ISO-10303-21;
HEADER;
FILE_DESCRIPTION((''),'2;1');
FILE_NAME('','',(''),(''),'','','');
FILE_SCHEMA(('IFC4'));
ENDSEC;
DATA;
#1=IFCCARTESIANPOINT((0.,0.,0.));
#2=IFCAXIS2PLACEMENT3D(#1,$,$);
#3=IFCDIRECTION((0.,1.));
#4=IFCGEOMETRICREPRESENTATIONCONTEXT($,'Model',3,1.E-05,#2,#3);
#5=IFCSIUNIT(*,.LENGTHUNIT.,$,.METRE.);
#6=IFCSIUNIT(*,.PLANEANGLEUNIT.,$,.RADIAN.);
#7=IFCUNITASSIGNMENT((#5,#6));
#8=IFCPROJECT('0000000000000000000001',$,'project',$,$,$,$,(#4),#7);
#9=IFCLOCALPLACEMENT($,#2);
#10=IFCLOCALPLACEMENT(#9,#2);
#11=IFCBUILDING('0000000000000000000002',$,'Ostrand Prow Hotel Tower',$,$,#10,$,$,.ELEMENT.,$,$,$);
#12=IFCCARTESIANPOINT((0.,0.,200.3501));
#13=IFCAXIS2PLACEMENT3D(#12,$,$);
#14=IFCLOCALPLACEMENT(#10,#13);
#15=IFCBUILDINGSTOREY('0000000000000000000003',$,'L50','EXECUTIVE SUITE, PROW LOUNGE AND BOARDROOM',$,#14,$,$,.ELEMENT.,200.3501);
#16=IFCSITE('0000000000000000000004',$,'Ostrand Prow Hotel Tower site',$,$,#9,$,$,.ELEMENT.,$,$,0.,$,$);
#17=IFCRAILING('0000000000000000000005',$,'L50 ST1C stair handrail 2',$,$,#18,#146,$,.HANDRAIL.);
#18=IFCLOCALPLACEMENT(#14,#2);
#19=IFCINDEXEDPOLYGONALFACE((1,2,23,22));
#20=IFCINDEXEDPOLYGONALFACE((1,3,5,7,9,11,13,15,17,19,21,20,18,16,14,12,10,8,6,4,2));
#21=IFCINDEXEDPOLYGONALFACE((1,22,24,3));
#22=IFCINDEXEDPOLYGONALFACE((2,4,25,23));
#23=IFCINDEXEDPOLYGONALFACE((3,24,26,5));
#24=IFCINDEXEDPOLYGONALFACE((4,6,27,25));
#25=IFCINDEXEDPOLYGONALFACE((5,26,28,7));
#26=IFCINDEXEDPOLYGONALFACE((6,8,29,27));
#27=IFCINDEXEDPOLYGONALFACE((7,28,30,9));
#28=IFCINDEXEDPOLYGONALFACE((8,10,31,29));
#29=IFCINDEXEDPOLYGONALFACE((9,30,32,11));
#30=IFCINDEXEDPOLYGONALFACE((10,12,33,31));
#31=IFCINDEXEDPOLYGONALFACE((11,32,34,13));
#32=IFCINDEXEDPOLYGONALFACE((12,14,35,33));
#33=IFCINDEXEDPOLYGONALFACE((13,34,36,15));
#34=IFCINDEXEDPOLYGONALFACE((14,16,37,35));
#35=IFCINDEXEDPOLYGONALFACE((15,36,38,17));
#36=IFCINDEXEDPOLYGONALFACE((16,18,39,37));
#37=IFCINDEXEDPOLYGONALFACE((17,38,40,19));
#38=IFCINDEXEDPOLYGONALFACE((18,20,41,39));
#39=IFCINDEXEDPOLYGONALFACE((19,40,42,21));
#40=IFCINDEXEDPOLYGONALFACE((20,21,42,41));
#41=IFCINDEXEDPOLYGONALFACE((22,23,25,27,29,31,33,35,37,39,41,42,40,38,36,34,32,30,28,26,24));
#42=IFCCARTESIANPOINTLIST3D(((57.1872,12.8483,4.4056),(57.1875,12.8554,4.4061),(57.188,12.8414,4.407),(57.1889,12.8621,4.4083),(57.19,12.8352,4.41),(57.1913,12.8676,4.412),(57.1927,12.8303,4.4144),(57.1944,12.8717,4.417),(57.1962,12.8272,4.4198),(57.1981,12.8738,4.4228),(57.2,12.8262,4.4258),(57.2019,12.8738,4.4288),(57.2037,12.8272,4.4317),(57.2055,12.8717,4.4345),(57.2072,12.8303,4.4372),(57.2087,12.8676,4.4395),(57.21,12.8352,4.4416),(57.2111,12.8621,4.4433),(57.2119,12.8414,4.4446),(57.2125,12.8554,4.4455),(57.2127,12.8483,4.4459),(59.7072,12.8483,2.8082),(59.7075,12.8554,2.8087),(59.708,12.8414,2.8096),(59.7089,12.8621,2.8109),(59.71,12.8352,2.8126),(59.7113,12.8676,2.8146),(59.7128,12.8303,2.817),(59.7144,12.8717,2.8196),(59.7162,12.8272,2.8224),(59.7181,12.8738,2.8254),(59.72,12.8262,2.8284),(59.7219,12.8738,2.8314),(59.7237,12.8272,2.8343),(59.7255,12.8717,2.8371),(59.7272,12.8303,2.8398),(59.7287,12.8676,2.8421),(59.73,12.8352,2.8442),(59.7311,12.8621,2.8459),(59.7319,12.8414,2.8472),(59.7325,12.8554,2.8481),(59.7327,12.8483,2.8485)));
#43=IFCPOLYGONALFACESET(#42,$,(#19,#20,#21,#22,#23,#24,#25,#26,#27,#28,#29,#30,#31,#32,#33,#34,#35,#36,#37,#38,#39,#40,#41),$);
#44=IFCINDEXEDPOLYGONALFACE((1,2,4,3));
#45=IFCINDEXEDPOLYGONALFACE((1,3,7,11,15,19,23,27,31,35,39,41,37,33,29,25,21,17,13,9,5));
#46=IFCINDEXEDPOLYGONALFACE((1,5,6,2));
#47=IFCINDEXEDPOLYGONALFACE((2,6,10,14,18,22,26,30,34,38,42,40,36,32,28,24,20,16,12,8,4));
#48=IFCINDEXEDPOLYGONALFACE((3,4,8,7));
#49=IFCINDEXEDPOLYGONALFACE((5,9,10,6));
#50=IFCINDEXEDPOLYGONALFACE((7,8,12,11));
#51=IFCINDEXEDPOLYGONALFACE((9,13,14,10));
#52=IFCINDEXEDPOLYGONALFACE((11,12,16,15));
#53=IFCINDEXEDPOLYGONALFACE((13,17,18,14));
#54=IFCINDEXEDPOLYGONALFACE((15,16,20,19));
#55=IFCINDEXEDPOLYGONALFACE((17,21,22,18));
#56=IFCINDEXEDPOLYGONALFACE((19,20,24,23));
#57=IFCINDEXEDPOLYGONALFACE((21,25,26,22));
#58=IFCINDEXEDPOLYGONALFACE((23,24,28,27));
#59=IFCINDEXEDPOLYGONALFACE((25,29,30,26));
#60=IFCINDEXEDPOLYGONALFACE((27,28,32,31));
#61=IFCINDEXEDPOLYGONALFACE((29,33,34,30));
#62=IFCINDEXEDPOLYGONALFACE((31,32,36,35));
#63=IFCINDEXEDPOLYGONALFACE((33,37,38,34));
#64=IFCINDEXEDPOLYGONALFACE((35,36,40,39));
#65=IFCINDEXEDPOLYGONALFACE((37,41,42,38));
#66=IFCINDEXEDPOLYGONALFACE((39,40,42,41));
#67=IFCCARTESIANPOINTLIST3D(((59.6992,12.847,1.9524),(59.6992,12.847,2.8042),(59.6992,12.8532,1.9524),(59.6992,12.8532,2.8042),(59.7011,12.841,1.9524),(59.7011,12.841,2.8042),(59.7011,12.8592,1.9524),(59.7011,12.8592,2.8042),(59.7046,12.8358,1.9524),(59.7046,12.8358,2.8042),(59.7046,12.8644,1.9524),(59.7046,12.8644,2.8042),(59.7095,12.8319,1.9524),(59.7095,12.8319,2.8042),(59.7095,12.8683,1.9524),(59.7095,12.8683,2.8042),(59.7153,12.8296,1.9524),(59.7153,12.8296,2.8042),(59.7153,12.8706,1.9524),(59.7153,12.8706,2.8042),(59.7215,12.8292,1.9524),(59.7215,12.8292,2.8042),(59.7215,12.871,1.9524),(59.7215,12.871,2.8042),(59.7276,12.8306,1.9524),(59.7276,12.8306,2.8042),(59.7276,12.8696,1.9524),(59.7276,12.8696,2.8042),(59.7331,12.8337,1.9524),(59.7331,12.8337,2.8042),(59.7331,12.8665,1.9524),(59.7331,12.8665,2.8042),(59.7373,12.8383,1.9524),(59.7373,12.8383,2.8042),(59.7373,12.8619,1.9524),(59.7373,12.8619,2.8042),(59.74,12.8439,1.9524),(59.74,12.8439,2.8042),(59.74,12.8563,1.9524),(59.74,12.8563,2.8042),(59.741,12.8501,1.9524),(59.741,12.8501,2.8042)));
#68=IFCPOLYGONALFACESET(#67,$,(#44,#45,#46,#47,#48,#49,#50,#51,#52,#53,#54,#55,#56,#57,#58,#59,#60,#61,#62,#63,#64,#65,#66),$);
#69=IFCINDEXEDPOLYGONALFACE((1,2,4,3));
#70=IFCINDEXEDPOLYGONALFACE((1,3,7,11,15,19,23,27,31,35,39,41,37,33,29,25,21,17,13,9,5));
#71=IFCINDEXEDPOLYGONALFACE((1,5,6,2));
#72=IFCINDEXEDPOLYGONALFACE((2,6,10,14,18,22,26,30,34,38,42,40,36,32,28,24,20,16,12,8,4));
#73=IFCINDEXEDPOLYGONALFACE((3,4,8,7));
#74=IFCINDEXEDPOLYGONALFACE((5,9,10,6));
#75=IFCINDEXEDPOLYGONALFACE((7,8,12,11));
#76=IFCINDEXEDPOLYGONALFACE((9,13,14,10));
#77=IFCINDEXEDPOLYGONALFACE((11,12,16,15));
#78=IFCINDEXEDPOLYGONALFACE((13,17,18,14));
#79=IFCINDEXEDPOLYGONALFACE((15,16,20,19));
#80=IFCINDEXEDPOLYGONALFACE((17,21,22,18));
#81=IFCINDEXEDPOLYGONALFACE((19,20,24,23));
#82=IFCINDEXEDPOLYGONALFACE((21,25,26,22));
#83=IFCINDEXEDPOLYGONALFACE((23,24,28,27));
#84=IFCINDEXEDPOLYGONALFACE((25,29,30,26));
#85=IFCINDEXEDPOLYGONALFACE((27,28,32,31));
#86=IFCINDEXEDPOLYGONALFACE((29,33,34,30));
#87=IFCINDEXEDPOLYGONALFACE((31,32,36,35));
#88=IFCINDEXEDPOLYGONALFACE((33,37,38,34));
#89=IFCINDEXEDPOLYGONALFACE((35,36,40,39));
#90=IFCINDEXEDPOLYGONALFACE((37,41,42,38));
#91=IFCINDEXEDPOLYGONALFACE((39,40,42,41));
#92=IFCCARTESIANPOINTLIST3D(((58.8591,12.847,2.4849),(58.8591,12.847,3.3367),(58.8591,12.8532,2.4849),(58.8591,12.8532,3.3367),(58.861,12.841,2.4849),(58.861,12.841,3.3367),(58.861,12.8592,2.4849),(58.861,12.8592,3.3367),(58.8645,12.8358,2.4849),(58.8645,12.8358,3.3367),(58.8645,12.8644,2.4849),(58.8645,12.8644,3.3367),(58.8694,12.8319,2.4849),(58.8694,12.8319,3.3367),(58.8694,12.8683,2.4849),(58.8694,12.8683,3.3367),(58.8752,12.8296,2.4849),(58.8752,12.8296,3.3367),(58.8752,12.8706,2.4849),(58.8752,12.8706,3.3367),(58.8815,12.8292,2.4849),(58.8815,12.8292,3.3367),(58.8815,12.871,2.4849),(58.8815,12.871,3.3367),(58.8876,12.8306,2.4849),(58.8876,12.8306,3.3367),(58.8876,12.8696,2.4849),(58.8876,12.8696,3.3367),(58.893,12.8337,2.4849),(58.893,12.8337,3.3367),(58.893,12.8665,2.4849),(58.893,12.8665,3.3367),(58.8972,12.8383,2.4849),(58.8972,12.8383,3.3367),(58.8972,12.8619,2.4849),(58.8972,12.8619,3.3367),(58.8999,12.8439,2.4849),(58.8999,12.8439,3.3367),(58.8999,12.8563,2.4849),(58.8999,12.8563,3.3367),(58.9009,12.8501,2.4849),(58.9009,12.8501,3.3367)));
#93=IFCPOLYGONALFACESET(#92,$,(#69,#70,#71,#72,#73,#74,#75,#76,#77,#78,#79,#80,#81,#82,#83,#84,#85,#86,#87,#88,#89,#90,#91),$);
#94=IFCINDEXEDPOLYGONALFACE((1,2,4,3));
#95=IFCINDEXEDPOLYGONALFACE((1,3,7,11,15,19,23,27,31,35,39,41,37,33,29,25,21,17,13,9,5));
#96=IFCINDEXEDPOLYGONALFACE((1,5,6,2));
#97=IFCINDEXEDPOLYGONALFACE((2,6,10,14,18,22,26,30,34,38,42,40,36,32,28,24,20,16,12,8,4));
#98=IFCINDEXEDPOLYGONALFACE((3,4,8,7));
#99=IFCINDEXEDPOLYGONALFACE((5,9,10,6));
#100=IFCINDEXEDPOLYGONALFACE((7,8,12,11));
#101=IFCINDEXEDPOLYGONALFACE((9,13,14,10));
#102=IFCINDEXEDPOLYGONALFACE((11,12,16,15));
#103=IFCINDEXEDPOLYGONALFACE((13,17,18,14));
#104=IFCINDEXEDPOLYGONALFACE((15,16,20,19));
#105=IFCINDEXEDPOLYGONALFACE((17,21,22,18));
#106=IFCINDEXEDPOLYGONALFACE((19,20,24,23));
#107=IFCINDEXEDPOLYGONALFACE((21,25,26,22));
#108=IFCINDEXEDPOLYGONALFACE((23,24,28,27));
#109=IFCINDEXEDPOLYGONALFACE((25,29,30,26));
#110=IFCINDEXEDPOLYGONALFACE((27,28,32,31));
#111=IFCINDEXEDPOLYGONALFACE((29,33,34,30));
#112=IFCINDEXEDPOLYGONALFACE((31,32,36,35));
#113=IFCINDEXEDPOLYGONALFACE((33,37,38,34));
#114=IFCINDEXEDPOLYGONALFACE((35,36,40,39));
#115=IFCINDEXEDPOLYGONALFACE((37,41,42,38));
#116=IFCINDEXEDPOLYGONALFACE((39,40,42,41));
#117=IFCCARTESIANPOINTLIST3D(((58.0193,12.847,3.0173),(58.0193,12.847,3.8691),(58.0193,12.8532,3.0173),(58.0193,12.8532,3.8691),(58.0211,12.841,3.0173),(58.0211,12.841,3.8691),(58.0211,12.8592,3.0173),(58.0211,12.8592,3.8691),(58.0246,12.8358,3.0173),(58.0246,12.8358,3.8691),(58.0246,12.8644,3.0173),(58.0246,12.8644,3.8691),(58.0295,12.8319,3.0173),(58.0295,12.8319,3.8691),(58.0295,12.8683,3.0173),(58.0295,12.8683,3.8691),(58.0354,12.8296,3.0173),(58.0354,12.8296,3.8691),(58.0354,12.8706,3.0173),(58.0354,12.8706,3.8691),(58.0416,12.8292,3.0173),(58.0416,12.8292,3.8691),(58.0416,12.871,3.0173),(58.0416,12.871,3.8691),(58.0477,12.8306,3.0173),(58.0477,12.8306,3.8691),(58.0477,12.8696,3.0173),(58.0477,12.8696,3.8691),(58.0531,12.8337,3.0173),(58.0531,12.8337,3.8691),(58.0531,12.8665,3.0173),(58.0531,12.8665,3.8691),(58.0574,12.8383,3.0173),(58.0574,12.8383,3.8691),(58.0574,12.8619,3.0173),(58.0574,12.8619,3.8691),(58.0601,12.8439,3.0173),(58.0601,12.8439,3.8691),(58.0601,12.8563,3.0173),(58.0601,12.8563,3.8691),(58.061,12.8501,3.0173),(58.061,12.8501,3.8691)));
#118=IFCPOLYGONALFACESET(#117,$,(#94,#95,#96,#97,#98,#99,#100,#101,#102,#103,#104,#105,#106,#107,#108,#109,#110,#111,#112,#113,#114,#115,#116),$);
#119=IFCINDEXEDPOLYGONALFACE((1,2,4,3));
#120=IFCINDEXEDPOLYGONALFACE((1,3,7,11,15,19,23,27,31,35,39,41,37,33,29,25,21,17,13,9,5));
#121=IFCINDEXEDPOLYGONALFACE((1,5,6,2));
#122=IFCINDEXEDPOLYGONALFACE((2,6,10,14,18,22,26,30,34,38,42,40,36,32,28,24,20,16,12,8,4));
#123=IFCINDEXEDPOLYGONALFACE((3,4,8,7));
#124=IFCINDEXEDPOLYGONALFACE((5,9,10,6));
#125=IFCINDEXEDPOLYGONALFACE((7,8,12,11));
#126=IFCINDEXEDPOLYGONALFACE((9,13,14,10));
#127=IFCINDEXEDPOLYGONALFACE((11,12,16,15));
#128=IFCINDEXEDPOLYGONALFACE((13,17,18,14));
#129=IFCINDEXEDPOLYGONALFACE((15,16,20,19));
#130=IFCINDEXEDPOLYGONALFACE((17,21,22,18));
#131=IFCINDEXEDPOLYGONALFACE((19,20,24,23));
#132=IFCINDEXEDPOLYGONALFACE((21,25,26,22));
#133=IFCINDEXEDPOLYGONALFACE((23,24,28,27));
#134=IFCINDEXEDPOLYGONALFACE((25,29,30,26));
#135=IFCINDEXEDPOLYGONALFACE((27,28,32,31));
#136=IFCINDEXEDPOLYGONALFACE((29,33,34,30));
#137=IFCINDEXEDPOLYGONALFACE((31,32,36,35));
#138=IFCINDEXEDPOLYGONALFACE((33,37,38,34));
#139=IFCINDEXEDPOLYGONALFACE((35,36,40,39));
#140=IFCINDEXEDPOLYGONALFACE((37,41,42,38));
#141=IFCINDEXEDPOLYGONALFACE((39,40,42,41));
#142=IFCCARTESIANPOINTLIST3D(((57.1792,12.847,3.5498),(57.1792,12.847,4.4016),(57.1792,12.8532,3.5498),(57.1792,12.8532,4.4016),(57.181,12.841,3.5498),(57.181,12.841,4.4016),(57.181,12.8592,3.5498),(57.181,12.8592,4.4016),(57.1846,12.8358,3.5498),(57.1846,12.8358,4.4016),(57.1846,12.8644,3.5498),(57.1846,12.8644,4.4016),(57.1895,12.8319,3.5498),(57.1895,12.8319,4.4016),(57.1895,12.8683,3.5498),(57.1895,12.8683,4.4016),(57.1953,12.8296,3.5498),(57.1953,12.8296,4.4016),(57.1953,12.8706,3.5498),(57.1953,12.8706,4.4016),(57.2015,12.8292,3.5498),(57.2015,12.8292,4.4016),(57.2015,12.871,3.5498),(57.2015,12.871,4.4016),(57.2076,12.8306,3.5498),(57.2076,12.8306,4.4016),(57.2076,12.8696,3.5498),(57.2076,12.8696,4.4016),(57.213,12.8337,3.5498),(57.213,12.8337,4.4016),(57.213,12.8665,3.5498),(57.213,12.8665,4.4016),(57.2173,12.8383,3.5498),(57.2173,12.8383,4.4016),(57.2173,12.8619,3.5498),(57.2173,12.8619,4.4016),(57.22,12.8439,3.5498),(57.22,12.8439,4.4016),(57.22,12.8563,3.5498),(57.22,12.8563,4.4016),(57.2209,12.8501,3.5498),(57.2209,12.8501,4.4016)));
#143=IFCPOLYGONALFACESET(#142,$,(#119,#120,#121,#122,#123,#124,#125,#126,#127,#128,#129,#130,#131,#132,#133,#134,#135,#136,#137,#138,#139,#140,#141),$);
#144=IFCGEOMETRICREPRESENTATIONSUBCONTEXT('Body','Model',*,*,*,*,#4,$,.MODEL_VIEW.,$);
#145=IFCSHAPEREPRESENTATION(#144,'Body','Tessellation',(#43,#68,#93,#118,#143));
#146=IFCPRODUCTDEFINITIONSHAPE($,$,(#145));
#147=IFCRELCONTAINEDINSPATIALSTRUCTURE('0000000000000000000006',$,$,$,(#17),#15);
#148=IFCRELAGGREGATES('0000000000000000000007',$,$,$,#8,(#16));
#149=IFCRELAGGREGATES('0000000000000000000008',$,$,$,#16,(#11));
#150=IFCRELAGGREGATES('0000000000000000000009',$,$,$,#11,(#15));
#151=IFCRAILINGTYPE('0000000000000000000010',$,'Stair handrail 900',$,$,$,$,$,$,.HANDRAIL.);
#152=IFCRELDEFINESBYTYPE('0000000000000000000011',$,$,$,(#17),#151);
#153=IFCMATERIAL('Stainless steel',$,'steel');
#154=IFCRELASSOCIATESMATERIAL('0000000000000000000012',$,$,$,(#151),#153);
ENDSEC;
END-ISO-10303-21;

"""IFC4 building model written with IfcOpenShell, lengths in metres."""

from ifc_helpers import new_model, si_unit, direction, frame, origin, origin_2d, place, context, subcontext, project, spatial, circle, extrude, material, type_object, element, save


model = new_model("IFC4")

# Units and contexts
model_context = context("Model", 3, precision=1e-05, world=origin(), true_north=direction((0.0, 1.0)))
body_context = subcontext(model_context, "Body", "Model", "MODEL_VIEW")
ifc_project = project(units=[si_unit("LENGTHUNIT", "METRE"), si_unit("PLANEANGLEUNIT", "RADIAN")], contexts=[model_context])

# Site, building, storey
site_placement = place(None, origin())
site = spatial("IfcSite", under=ifc_project, at=site_placement, Name="Ostrand Prow Hotel Tower site", CompositionType="ELEMENT", RefElevation=0.0)
building_placement = place(site_placement, origin())
building = spatial("IfcBuilding", under=site, at=building_placement, Name="Ostrand Prow Hotel Tower", CompositionType="ELEMENT")
storey_placement = place(building_placement, frame((0.0, 0.0, 200.3501)))
storey = spatial("IfcBuildingStorey", under=building, at=storey_placement, Name="L50", Description="EXECUTIVE SUITE, PROW LOUNGE AND BOARDROOM", CompositionType="ELEMENT", Elevation=200.3501)

# Railing
ifc_material_1 = material(Name="Stainless steel", Category="steel")
railing_type_1 = type_object("IfcRailingType", Name="Stair handrail 900", PredefinedType="HANDRAIL", material=ifc_material_1)
railing_1_placement = place(storey_placement, frame((59.72, 12.8501, 1.9524)))
element("IfcRailing", 1, at=railing_1_placement, inside=storey, type_object=railing_type_1, Name="L50 ST1C stair handrail 2", PredefinedType="HANDRAIL", context=body_context, shape_type="SweptSolid", body=[
    extrude(circle(Radius=0.0239, at=origin_2d()), frame((0.0, 0.0, 0.876), z_axis=(-0.844607, 0.0, 0.535387), x_axis=(0.0, -1.0, 0.0)), (0.0, 0.0, 1.0), 2.9836),
    extrude(circle(Radius=0.021, at=origin_2d()), origin(), (0.0, 0.0, 1.0), 0.8518),
    extrude(circle(Radius=0.021, at=origin_2d()), frame((-0.8401, 0.0, 0.5325)), (0.0, 0.0, 1.0), 0.8518),
    extrude(circle(Radius=0.021, at=origin_2d()), frame((-1.6799, 0.0, 1.0649)), (0.0, 0.0, 1.0), 0.8518),
    extrude(circle(Radius=0.021, at=origin_2d()), frame((-2.52, 0.0, 1.5974)), (0.0, 0.0, 1.0), 0.8518),
])

save(model, "model.ifc")
